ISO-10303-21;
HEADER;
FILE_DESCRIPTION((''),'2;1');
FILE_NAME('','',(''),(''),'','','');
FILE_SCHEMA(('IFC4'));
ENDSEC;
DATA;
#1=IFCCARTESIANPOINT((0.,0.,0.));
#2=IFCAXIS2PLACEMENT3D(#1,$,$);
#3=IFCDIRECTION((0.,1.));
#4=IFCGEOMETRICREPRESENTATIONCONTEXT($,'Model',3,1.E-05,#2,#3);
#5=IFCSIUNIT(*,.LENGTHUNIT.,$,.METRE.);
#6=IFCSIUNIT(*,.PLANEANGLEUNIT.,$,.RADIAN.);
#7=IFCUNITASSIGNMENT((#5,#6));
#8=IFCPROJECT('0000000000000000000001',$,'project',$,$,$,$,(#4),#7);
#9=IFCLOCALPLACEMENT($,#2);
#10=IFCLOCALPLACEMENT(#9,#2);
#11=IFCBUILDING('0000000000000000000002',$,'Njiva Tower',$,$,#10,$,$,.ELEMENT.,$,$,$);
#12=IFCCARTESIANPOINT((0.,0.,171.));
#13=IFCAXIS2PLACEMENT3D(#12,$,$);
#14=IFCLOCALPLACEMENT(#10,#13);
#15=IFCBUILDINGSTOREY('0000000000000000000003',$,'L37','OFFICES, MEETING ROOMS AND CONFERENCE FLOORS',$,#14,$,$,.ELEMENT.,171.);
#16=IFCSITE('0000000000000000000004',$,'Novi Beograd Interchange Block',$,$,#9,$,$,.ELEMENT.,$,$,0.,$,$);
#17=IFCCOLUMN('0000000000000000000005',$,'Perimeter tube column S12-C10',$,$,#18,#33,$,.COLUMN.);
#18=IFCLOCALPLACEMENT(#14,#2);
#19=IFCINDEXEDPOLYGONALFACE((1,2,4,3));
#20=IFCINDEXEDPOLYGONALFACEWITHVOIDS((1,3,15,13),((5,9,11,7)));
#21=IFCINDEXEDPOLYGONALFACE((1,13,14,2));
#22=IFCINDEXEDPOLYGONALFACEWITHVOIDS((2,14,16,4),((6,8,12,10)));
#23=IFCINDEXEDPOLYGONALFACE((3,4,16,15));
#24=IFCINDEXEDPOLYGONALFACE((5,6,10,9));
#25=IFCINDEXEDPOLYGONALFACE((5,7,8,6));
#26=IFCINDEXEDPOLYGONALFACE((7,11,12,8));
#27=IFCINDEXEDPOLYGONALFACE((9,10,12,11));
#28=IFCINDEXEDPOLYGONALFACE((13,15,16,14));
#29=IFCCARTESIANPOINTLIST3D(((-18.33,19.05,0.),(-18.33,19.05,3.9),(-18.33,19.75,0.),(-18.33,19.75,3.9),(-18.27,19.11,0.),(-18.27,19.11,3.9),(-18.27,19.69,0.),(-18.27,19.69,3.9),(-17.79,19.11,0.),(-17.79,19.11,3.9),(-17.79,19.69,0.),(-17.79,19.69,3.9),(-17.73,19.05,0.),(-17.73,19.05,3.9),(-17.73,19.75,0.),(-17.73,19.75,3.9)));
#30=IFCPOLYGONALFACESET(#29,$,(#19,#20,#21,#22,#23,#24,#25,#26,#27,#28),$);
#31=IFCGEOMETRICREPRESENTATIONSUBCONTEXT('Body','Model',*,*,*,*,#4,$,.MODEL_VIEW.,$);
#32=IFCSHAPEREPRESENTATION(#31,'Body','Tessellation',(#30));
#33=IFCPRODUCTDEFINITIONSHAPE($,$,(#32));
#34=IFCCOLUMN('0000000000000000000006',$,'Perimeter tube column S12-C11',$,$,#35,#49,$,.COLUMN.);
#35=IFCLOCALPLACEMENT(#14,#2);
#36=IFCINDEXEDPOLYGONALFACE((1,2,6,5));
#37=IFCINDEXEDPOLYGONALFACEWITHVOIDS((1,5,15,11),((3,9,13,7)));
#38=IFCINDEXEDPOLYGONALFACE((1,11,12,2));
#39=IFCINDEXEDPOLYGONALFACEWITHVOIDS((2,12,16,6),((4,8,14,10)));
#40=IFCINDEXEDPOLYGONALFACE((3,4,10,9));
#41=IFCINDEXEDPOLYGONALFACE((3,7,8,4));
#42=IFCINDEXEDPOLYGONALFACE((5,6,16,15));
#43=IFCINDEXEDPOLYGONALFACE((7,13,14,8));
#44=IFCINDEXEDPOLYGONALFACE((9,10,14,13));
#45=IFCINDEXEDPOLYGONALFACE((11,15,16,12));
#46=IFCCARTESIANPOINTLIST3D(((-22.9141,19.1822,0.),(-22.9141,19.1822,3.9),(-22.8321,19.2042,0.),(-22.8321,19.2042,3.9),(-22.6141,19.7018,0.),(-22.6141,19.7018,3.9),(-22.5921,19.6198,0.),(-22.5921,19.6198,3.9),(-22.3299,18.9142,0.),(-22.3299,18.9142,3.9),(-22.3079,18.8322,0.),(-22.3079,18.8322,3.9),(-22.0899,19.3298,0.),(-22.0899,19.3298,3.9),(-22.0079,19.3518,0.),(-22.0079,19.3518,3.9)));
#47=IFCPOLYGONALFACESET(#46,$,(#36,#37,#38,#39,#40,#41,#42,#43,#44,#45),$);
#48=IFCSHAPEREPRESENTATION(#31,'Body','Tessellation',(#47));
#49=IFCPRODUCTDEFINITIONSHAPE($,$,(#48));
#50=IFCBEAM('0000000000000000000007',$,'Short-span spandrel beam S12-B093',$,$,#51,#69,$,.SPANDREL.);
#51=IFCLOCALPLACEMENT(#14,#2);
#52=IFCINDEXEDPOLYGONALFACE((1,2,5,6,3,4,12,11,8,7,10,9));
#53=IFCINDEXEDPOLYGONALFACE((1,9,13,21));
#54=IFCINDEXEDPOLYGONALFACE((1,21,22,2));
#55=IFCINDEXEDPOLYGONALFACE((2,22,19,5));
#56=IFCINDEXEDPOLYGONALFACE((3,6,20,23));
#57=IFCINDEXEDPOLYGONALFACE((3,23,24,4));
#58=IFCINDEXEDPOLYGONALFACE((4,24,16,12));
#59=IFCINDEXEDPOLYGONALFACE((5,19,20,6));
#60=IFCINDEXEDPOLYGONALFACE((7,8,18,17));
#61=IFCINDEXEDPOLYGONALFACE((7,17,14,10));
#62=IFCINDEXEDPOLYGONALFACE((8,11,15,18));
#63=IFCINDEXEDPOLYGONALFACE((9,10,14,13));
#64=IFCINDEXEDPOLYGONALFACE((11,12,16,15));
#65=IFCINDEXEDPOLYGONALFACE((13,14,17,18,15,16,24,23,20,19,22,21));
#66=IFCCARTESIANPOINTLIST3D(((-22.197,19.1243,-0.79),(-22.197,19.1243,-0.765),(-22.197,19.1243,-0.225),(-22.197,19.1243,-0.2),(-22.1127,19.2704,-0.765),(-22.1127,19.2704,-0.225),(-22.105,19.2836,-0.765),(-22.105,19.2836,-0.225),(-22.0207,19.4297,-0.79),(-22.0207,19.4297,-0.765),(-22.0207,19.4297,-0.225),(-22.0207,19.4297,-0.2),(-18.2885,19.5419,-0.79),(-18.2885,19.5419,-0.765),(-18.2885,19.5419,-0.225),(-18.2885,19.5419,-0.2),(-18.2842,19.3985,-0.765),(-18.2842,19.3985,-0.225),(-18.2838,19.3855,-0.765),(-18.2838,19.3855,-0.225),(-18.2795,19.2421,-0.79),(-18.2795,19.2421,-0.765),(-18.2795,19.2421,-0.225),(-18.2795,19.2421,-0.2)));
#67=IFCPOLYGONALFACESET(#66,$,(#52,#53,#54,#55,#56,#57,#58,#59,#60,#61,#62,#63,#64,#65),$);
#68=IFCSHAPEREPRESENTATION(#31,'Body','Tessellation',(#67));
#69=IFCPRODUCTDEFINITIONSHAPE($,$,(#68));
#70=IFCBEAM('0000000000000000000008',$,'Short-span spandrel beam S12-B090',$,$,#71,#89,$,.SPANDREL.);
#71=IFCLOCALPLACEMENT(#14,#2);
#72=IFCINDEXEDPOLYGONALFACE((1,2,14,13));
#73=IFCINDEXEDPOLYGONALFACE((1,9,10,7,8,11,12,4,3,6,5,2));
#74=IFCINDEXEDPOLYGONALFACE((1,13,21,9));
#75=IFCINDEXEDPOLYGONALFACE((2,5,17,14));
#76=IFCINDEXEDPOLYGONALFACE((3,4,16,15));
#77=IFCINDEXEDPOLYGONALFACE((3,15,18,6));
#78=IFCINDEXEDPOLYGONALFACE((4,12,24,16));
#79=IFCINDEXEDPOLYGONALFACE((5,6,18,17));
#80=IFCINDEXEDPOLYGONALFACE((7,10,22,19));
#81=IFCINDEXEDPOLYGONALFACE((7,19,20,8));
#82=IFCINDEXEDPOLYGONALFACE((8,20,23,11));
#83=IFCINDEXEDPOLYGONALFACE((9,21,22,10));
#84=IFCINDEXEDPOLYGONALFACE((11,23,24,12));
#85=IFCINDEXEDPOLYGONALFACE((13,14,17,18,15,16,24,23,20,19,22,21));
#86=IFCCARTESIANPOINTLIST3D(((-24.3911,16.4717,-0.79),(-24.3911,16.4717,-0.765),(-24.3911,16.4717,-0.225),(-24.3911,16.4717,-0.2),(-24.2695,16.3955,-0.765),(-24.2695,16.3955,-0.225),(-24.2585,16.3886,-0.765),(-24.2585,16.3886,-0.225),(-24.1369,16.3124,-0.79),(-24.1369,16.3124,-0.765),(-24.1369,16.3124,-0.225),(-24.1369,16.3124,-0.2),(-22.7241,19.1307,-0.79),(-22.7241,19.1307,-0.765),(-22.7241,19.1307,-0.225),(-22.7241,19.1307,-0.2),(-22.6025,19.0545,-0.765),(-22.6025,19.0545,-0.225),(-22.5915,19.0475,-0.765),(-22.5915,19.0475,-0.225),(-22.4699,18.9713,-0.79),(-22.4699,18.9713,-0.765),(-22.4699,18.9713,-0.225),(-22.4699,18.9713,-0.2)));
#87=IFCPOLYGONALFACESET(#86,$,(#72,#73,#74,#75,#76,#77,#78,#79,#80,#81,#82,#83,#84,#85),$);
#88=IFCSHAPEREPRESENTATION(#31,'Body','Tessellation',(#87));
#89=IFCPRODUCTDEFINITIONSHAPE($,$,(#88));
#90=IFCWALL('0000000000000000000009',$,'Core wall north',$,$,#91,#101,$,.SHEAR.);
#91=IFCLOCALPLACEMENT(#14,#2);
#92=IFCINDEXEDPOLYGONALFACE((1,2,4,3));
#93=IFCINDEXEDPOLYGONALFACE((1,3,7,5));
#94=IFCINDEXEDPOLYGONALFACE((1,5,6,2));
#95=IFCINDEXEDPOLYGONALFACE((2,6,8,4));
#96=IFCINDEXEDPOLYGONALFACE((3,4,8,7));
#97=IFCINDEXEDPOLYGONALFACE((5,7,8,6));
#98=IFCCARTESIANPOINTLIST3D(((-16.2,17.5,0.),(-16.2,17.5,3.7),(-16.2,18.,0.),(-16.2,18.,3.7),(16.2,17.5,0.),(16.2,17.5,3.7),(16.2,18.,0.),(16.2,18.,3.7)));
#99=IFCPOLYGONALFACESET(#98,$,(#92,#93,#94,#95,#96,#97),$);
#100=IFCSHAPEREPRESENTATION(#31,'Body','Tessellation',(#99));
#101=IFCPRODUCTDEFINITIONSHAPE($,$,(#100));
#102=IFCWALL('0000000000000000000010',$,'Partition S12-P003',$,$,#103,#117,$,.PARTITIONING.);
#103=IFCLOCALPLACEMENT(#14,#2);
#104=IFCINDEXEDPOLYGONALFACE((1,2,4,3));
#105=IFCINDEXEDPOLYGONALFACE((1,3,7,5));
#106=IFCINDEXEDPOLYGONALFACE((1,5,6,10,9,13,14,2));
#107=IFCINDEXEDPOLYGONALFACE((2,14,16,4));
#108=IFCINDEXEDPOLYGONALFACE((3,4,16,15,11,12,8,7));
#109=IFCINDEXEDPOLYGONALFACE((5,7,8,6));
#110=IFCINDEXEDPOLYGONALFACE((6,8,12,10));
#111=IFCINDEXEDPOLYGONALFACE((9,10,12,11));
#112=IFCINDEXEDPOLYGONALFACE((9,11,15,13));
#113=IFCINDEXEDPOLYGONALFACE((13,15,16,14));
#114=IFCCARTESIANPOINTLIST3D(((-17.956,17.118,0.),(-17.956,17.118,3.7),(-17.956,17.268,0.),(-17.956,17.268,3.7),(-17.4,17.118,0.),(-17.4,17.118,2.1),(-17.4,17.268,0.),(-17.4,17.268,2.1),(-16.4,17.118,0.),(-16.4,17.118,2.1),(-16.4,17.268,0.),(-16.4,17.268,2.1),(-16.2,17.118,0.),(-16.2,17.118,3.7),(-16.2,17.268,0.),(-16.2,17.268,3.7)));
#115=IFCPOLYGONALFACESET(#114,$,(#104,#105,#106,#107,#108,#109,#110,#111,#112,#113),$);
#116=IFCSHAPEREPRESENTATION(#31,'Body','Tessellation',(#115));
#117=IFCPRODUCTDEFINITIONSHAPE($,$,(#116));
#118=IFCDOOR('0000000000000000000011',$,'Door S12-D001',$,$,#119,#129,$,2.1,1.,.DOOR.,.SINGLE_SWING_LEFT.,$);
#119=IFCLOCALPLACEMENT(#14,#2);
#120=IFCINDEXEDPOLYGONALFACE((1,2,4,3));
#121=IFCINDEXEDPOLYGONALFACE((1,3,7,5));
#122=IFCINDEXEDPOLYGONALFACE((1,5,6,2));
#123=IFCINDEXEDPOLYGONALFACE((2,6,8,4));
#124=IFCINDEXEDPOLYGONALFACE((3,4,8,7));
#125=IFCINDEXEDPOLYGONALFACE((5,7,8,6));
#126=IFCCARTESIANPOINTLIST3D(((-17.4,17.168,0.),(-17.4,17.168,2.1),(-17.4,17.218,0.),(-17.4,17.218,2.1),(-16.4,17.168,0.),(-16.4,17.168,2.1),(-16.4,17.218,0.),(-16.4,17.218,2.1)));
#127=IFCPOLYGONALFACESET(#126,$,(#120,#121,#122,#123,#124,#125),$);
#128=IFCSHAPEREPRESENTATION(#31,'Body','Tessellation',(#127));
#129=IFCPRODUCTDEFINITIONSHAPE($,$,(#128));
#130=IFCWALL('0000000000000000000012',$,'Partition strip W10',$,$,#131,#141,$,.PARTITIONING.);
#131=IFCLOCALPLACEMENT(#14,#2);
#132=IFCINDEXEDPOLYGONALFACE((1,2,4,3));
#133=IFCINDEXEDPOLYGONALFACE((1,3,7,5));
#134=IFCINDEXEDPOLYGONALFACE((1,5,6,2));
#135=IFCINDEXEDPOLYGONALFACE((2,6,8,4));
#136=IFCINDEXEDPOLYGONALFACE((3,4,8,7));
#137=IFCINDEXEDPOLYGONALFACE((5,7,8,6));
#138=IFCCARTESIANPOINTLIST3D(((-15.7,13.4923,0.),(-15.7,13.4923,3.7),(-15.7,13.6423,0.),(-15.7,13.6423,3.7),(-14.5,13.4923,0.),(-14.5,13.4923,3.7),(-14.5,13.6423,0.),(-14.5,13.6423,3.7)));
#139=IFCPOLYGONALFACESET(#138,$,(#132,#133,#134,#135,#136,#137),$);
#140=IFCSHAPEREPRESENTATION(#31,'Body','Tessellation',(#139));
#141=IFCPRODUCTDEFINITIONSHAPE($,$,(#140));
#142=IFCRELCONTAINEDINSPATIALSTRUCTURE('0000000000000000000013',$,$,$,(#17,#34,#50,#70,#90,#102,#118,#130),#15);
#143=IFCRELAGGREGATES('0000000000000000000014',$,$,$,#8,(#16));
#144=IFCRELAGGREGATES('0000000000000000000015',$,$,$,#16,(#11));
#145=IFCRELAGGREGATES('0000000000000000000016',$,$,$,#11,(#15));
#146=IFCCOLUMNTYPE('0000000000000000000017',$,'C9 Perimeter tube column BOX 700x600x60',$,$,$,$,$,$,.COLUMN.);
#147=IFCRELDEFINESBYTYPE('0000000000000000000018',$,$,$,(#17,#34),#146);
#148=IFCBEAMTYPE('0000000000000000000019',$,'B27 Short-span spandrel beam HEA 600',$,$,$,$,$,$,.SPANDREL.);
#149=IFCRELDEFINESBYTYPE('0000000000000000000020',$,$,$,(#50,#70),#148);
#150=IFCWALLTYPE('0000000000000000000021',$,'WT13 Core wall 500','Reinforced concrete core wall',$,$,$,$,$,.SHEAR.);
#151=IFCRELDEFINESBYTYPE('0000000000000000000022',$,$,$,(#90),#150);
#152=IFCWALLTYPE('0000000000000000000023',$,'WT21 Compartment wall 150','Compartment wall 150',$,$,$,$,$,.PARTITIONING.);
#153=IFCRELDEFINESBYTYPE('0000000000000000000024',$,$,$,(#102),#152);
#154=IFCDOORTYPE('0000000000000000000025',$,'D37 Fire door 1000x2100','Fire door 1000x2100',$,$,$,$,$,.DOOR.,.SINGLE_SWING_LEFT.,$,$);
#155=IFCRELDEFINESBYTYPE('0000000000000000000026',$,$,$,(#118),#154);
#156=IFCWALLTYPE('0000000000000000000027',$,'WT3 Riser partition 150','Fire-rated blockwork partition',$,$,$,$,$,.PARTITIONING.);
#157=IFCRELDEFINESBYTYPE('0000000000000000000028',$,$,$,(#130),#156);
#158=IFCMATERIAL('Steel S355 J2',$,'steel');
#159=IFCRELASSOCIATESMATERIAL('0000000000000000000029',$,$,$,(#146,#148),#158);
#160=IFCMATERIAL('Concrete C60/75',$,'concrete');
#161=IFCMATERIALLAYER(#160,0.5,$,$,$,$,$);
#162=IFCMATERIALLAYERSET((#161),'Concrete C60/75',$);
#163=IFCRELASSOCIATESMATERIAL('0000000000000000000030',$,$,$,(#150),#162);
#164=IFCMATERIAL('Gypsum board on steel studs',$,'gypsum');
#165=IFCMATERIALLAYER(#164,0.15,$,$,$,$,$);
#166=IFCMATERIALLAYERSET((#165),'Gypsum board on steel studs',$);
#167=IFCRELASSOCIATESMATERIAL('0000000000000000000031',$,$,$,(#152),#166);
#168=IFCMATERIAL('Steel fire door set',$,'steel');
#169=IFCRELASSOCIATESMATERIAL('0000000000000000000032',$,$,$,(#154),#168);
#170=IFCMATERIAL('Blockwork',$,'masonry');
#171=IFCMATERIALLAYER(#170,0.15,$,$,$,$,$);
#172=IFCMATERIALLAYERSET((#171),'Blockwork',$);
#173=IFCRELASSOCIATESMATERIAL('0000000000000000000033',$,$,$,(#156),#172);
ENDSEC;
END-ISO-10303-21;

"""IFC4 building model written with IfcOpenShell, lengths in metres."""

from ifc_helpers import new_model, si_unit, direction, frame, frame_2d, origin, origin_2d, place, context, subcontext, project, spatial, rectangle, hollow_rectangle, i_section, extrude, clip, halfspace, material, layer, layer_set, material_profile, profile_set, type_object, element, fill, save


model = new_model("IFC4")

# Units and contexts
model_context = context("Model", 3, precision=1e-05, world=origin(), true_north=direction((0.0, 1.0)))
body_context = subcontext(model_context, "Body", "Model", "MODEL_VIEW")
ifc_project = project(units=[si_unit("LENGTHUNIT", "METRE"), si_unit("PLANEANGLEUNIT", "RADIAN")], contexts=[model_context])

# Site, building, storey
site_placement = place(None, origin())
site = spatial("IfcSite", under=ifc_project, at=site_placement, Name="Novi Beograd Interchange Block", CompositionType="ELEMENT", RefElevation=0.0)
building_placement = place(site_placement, origin())
building = spatial("IfcBuilding", under=site, at=building_placement, Name="Njiva Tower", CompositionType="ELEMENT")
storey_placement = place(building_placement, frame((0.0, 0.0, 171.0)))
storey = spatial("IfcBuildingStorey", under=building, at=storey_placement, Name="L37", Description="OFFICES, MEETING ROOMS AND CONFERENCE FLOORS", CompositionType="ELEMENT", Elevation=171.0)

# Columns
ifc_material_1 = material(Name="Steel S355 J2", Category="steel")
ifc_material_profile_1 = material_profile(ifc_material_1, hollow_rectangle(XDim=0.6, YDim=0.7, WallThickness=0.06, at=origin_2d()), Name="BOX 700x600x60")
ifc_profile_set_1 = profile_set([ifc_material_profile_1], Name="Steel S355 J2")
column_type = type_object("IfcColumnType", Name="C9 Perimeter tube column BOX 700x600x60", PredefinedType="COLUMN", material=ifc_profile_set_1)
for number, where, z_axis, x_axis, name in (
    (1, (-18.03, 19.4, 0.0), (0.0, 0.0, 1.0), (-1.0, 0.0, 0.0), "Perimeter tube column S12-C10"),
    (2, (-22.461, 19.267, 0.0), (0.0, 0.0, 1.0), (-0.5, -0.866025, 0.0), "Perimeter tube column S12-C11"),
):
    element("IfcColumn", number, at=place(storey_placement, frame(where, z_axis=z_axis, x_axis=x_axis)), inside=storey, type_object=column_type, Name=name, PredefinedType="COLUMN", context=body_context, shape_type="SweptSolid", body=[
        extrude(hollow_rectangle(XDim=0.6, YDim=0.7, WallThickness=0.06, at=origin_2d()), origin(), (0.0, 0.0, 1.0), 3.9),
    ])

# Beams
ifc_material_profile_2 = material_profile(ifc_material_1, i_section(OverallWidth=0.3, OverallDepth=0.59, WebThickness=0.013, FlangeThickness=0.025, at=origin_2d()), Name="HEA 600")
ifc_profile_set_2 = profile_set([ifc_material_profile_2], Name="Steel S355 J2")
beam_type = type_object("IfcBeamType", Name="B27 Short-span spandrel beam HEA 600", PredefinedType="SPANDREL", material=ifc_profile_set_2)
beam_1_placement = place(storey_placement, frame((-18.284, 19.392, -0.495), z_axis=(-0.999548, -0.030052, 0.0), x_axis=(0.030052, -0.999548, 0.0)))
element("IfcBeam", 3, at=beam_1_placement, inside=storey, type_object=beam_type, Name="Short-span spandrel beam S12-B093", PredefinedType="SPANDREL", context=body_context, shape_type="Clipping", body=[
    clip(extrude(i_section(OverallWidth=0.3, OverallDepth=0.59, WebThickness=0.013, FlangeThickness=0.025, at=origin_2d()), origin(), (0.0, 0.0, 1.0), 3.9397), halfspace(frame((-0.0268, 0.0, 3.81), z_axis=(-0.525798, 0.0, 0.85061), x_axis=(0.0, 1.0, 0.0)), False)),
])
beam_2_placement = place(storey_placement, frame((-22.597, 19.051, -0.495), z_axis=(-0.531173, -0.847264, 0.0), x_axis=(0.847264, -0.531173, 0.0)))
element("IfcBeam", 4, at=beam_2_placement, inside=storey, type_object=beam_type, Name="Short-span spandrel beam S12-B090", PredefinedType="SPANDREL", context=body_context, shape_type="SweptSolid", body=[
    extrude(i_section(OverallWidth=0.3, OverallDepth=0.59, WebThickness=0.013, FlangeThickness=0.025, at=origin_2d()), origin(), (0.0, 0.0, 1.0), 3.1383),
])

# Wall
ifc_material_2 = material(Name="Concrete C60/75", Category="concrete")
ifc_layer_1 = layer(ifc_material_2, 0.5)
ifc_layer_set_1 = layer_set([ifc_layer_1], Name="Concrete C60/75")
wall_type_1 = type_object("IfcWallType", Name="WT13 Core wall 500", Description="Reinforced concrete core wall", PredefinedType="SHEAR", material=ifc_layer_set_1)
wall_1_placement = place(storey_placement, frame((-16.2, 17.75, 0.0), z_axis=(0.0, 0.0, 1.0), x_axis=(1.0, 0.0, 0.0)))
element("IfcWall", 5, at=wall_1_placement, inside=storey, type_object=wall_type_1, Name="Core wall north", PredefinedType="SHEAR", context=body_context, shape_type="SweptSolid", body=[
    extrude(rectangle(XDim=32.4, YDim=0.5, at=frame_2d((16.2, 0.0))), origin(), (0.0, 0.0, 1.0), 3.7),
])

# Wall, opening, door
ifc_material_3 = material(Name="Gypsum board on steel studs", Category="gypsum")
ifc_layer_2 = layer(ifc_material_3, 0.15)
ifc_layer_set_2 = layer_set([ifc_layer_2], Name="Gypsum board on steel studs")
wall_type_2 = type_object("IfcWallType", Name="WT21 Compartment wall 150", Description="Compartment wall 150", PredefinedType="PARTITIONING", material=ifc_layer_set_2)
wall_2_placement = place(storey_placement, frame((-17.956, 17.193, 0.0), z_axis=(0.0, 0.0, 1.0), x_axis=(1.0, 0.0, 0.0)))
wall_2 = element("IfcWall", 6, at=wall_2_placement, inside=storey, type_object=wall_type_2, Name="Partition S12-P003", PredefinedType="PARTITIONING", context=body_context, shape_type="SweptSolid", body=[
    extrude(rectangle(XDim=1.756, YDim=0.15, at=frame_2d((0.878, 0.0))), origin(), (0.0, 0.0, 1.0), 3.7),
])
opening_1_placement = place(wall_2_placement, frame((0.556, 0.0, 0.0)))
opening_1 = element("IfcOpeningElement", 7, at=opening_1_placement, cuts=wall_2, PredefinedType="OPENING", context=body_context, shape_type="SweptSolid", body=[
    extrude(rectangle(XDim=1.0, YDim=2.1, at=frame_2d((0.5, 1.05))), frame((0.0, 0.085, 0.0), z_axis=(0.0, -1.0, 0.0), x_axis=(1.0, 0.0, 0.0)), (0.0, 0.0, 1.0), 0.17),
])
ifc_material_4 = material(Name="Steel fire door set", Category="steel")
door_type = type_object("IfcDoorType", Name="D37 Fire door 1000x2100", Description="Fire door 1000x2100", OperationType="SINGLE_SWING_LEFT", PredefinedType="DOOR", material=ifc_material_4)
door_placement = place(opening_1_placement, origin())
door = element("IfcDoor", 8, at=door_placement, inside=storey, type_object=door_type, Name="Door S12-D001", OperationType="SINGLE_SWING_LEFT", OverallHeight=2.1, OverallWidth=1.0, PredefinedType="DOOR", context=body_context, shape_type="SweptSolid", body=[
    extrude(rectangle(XDim=1.0, YDim=2.1, at=frame_2d((0.5, 1.05))), frame((0.0, 0.025, 0.0), z_axis=(0.0, -1.0, 0.0), x_axis=(1.0, 0.0, 0.0)), (0.0, 0.0, 1.0), 0.05),
])
fill(opening_1, door)

# Wall
ifc_material_5 = material(Name="Blockwork", Category="masonry")
ifc_layer_3 = layer(ifc_material_5, 0.15)
ifc_layer_set_3 = layer_set([ifc_layer_3], Name="Blockwork")
wall_type_3 = type_object("IfcWallType", Name="WT3 Riser partition 150", Description="Fire-rated blockwork partition", PredefinedType="PARTITIONING", material=ifc_layer_set_3)
wall_3_placement = place(storey_placement, frame((-15.7, 13.5673, 0.0), z_axis=(0.0, 0.0, 1.0), x_axis=(1.0, 0.0, 0.0)))
element("IfcWall", 9, at=wall_3_placement, inside=storey, type_object=wall_type_3, Name="Partition strip W10", PredefinedType="PARTITIONING", context=body_context, shape_type="SweptSolid", body=[
    extrude(rectangle(XDim=1.2, YDim=0.15, at=frame_2d((0.6, 0.0))), origin(), (0.0, 0.0, 1.0), 3.7),
])

save(model, "model.ifc")
